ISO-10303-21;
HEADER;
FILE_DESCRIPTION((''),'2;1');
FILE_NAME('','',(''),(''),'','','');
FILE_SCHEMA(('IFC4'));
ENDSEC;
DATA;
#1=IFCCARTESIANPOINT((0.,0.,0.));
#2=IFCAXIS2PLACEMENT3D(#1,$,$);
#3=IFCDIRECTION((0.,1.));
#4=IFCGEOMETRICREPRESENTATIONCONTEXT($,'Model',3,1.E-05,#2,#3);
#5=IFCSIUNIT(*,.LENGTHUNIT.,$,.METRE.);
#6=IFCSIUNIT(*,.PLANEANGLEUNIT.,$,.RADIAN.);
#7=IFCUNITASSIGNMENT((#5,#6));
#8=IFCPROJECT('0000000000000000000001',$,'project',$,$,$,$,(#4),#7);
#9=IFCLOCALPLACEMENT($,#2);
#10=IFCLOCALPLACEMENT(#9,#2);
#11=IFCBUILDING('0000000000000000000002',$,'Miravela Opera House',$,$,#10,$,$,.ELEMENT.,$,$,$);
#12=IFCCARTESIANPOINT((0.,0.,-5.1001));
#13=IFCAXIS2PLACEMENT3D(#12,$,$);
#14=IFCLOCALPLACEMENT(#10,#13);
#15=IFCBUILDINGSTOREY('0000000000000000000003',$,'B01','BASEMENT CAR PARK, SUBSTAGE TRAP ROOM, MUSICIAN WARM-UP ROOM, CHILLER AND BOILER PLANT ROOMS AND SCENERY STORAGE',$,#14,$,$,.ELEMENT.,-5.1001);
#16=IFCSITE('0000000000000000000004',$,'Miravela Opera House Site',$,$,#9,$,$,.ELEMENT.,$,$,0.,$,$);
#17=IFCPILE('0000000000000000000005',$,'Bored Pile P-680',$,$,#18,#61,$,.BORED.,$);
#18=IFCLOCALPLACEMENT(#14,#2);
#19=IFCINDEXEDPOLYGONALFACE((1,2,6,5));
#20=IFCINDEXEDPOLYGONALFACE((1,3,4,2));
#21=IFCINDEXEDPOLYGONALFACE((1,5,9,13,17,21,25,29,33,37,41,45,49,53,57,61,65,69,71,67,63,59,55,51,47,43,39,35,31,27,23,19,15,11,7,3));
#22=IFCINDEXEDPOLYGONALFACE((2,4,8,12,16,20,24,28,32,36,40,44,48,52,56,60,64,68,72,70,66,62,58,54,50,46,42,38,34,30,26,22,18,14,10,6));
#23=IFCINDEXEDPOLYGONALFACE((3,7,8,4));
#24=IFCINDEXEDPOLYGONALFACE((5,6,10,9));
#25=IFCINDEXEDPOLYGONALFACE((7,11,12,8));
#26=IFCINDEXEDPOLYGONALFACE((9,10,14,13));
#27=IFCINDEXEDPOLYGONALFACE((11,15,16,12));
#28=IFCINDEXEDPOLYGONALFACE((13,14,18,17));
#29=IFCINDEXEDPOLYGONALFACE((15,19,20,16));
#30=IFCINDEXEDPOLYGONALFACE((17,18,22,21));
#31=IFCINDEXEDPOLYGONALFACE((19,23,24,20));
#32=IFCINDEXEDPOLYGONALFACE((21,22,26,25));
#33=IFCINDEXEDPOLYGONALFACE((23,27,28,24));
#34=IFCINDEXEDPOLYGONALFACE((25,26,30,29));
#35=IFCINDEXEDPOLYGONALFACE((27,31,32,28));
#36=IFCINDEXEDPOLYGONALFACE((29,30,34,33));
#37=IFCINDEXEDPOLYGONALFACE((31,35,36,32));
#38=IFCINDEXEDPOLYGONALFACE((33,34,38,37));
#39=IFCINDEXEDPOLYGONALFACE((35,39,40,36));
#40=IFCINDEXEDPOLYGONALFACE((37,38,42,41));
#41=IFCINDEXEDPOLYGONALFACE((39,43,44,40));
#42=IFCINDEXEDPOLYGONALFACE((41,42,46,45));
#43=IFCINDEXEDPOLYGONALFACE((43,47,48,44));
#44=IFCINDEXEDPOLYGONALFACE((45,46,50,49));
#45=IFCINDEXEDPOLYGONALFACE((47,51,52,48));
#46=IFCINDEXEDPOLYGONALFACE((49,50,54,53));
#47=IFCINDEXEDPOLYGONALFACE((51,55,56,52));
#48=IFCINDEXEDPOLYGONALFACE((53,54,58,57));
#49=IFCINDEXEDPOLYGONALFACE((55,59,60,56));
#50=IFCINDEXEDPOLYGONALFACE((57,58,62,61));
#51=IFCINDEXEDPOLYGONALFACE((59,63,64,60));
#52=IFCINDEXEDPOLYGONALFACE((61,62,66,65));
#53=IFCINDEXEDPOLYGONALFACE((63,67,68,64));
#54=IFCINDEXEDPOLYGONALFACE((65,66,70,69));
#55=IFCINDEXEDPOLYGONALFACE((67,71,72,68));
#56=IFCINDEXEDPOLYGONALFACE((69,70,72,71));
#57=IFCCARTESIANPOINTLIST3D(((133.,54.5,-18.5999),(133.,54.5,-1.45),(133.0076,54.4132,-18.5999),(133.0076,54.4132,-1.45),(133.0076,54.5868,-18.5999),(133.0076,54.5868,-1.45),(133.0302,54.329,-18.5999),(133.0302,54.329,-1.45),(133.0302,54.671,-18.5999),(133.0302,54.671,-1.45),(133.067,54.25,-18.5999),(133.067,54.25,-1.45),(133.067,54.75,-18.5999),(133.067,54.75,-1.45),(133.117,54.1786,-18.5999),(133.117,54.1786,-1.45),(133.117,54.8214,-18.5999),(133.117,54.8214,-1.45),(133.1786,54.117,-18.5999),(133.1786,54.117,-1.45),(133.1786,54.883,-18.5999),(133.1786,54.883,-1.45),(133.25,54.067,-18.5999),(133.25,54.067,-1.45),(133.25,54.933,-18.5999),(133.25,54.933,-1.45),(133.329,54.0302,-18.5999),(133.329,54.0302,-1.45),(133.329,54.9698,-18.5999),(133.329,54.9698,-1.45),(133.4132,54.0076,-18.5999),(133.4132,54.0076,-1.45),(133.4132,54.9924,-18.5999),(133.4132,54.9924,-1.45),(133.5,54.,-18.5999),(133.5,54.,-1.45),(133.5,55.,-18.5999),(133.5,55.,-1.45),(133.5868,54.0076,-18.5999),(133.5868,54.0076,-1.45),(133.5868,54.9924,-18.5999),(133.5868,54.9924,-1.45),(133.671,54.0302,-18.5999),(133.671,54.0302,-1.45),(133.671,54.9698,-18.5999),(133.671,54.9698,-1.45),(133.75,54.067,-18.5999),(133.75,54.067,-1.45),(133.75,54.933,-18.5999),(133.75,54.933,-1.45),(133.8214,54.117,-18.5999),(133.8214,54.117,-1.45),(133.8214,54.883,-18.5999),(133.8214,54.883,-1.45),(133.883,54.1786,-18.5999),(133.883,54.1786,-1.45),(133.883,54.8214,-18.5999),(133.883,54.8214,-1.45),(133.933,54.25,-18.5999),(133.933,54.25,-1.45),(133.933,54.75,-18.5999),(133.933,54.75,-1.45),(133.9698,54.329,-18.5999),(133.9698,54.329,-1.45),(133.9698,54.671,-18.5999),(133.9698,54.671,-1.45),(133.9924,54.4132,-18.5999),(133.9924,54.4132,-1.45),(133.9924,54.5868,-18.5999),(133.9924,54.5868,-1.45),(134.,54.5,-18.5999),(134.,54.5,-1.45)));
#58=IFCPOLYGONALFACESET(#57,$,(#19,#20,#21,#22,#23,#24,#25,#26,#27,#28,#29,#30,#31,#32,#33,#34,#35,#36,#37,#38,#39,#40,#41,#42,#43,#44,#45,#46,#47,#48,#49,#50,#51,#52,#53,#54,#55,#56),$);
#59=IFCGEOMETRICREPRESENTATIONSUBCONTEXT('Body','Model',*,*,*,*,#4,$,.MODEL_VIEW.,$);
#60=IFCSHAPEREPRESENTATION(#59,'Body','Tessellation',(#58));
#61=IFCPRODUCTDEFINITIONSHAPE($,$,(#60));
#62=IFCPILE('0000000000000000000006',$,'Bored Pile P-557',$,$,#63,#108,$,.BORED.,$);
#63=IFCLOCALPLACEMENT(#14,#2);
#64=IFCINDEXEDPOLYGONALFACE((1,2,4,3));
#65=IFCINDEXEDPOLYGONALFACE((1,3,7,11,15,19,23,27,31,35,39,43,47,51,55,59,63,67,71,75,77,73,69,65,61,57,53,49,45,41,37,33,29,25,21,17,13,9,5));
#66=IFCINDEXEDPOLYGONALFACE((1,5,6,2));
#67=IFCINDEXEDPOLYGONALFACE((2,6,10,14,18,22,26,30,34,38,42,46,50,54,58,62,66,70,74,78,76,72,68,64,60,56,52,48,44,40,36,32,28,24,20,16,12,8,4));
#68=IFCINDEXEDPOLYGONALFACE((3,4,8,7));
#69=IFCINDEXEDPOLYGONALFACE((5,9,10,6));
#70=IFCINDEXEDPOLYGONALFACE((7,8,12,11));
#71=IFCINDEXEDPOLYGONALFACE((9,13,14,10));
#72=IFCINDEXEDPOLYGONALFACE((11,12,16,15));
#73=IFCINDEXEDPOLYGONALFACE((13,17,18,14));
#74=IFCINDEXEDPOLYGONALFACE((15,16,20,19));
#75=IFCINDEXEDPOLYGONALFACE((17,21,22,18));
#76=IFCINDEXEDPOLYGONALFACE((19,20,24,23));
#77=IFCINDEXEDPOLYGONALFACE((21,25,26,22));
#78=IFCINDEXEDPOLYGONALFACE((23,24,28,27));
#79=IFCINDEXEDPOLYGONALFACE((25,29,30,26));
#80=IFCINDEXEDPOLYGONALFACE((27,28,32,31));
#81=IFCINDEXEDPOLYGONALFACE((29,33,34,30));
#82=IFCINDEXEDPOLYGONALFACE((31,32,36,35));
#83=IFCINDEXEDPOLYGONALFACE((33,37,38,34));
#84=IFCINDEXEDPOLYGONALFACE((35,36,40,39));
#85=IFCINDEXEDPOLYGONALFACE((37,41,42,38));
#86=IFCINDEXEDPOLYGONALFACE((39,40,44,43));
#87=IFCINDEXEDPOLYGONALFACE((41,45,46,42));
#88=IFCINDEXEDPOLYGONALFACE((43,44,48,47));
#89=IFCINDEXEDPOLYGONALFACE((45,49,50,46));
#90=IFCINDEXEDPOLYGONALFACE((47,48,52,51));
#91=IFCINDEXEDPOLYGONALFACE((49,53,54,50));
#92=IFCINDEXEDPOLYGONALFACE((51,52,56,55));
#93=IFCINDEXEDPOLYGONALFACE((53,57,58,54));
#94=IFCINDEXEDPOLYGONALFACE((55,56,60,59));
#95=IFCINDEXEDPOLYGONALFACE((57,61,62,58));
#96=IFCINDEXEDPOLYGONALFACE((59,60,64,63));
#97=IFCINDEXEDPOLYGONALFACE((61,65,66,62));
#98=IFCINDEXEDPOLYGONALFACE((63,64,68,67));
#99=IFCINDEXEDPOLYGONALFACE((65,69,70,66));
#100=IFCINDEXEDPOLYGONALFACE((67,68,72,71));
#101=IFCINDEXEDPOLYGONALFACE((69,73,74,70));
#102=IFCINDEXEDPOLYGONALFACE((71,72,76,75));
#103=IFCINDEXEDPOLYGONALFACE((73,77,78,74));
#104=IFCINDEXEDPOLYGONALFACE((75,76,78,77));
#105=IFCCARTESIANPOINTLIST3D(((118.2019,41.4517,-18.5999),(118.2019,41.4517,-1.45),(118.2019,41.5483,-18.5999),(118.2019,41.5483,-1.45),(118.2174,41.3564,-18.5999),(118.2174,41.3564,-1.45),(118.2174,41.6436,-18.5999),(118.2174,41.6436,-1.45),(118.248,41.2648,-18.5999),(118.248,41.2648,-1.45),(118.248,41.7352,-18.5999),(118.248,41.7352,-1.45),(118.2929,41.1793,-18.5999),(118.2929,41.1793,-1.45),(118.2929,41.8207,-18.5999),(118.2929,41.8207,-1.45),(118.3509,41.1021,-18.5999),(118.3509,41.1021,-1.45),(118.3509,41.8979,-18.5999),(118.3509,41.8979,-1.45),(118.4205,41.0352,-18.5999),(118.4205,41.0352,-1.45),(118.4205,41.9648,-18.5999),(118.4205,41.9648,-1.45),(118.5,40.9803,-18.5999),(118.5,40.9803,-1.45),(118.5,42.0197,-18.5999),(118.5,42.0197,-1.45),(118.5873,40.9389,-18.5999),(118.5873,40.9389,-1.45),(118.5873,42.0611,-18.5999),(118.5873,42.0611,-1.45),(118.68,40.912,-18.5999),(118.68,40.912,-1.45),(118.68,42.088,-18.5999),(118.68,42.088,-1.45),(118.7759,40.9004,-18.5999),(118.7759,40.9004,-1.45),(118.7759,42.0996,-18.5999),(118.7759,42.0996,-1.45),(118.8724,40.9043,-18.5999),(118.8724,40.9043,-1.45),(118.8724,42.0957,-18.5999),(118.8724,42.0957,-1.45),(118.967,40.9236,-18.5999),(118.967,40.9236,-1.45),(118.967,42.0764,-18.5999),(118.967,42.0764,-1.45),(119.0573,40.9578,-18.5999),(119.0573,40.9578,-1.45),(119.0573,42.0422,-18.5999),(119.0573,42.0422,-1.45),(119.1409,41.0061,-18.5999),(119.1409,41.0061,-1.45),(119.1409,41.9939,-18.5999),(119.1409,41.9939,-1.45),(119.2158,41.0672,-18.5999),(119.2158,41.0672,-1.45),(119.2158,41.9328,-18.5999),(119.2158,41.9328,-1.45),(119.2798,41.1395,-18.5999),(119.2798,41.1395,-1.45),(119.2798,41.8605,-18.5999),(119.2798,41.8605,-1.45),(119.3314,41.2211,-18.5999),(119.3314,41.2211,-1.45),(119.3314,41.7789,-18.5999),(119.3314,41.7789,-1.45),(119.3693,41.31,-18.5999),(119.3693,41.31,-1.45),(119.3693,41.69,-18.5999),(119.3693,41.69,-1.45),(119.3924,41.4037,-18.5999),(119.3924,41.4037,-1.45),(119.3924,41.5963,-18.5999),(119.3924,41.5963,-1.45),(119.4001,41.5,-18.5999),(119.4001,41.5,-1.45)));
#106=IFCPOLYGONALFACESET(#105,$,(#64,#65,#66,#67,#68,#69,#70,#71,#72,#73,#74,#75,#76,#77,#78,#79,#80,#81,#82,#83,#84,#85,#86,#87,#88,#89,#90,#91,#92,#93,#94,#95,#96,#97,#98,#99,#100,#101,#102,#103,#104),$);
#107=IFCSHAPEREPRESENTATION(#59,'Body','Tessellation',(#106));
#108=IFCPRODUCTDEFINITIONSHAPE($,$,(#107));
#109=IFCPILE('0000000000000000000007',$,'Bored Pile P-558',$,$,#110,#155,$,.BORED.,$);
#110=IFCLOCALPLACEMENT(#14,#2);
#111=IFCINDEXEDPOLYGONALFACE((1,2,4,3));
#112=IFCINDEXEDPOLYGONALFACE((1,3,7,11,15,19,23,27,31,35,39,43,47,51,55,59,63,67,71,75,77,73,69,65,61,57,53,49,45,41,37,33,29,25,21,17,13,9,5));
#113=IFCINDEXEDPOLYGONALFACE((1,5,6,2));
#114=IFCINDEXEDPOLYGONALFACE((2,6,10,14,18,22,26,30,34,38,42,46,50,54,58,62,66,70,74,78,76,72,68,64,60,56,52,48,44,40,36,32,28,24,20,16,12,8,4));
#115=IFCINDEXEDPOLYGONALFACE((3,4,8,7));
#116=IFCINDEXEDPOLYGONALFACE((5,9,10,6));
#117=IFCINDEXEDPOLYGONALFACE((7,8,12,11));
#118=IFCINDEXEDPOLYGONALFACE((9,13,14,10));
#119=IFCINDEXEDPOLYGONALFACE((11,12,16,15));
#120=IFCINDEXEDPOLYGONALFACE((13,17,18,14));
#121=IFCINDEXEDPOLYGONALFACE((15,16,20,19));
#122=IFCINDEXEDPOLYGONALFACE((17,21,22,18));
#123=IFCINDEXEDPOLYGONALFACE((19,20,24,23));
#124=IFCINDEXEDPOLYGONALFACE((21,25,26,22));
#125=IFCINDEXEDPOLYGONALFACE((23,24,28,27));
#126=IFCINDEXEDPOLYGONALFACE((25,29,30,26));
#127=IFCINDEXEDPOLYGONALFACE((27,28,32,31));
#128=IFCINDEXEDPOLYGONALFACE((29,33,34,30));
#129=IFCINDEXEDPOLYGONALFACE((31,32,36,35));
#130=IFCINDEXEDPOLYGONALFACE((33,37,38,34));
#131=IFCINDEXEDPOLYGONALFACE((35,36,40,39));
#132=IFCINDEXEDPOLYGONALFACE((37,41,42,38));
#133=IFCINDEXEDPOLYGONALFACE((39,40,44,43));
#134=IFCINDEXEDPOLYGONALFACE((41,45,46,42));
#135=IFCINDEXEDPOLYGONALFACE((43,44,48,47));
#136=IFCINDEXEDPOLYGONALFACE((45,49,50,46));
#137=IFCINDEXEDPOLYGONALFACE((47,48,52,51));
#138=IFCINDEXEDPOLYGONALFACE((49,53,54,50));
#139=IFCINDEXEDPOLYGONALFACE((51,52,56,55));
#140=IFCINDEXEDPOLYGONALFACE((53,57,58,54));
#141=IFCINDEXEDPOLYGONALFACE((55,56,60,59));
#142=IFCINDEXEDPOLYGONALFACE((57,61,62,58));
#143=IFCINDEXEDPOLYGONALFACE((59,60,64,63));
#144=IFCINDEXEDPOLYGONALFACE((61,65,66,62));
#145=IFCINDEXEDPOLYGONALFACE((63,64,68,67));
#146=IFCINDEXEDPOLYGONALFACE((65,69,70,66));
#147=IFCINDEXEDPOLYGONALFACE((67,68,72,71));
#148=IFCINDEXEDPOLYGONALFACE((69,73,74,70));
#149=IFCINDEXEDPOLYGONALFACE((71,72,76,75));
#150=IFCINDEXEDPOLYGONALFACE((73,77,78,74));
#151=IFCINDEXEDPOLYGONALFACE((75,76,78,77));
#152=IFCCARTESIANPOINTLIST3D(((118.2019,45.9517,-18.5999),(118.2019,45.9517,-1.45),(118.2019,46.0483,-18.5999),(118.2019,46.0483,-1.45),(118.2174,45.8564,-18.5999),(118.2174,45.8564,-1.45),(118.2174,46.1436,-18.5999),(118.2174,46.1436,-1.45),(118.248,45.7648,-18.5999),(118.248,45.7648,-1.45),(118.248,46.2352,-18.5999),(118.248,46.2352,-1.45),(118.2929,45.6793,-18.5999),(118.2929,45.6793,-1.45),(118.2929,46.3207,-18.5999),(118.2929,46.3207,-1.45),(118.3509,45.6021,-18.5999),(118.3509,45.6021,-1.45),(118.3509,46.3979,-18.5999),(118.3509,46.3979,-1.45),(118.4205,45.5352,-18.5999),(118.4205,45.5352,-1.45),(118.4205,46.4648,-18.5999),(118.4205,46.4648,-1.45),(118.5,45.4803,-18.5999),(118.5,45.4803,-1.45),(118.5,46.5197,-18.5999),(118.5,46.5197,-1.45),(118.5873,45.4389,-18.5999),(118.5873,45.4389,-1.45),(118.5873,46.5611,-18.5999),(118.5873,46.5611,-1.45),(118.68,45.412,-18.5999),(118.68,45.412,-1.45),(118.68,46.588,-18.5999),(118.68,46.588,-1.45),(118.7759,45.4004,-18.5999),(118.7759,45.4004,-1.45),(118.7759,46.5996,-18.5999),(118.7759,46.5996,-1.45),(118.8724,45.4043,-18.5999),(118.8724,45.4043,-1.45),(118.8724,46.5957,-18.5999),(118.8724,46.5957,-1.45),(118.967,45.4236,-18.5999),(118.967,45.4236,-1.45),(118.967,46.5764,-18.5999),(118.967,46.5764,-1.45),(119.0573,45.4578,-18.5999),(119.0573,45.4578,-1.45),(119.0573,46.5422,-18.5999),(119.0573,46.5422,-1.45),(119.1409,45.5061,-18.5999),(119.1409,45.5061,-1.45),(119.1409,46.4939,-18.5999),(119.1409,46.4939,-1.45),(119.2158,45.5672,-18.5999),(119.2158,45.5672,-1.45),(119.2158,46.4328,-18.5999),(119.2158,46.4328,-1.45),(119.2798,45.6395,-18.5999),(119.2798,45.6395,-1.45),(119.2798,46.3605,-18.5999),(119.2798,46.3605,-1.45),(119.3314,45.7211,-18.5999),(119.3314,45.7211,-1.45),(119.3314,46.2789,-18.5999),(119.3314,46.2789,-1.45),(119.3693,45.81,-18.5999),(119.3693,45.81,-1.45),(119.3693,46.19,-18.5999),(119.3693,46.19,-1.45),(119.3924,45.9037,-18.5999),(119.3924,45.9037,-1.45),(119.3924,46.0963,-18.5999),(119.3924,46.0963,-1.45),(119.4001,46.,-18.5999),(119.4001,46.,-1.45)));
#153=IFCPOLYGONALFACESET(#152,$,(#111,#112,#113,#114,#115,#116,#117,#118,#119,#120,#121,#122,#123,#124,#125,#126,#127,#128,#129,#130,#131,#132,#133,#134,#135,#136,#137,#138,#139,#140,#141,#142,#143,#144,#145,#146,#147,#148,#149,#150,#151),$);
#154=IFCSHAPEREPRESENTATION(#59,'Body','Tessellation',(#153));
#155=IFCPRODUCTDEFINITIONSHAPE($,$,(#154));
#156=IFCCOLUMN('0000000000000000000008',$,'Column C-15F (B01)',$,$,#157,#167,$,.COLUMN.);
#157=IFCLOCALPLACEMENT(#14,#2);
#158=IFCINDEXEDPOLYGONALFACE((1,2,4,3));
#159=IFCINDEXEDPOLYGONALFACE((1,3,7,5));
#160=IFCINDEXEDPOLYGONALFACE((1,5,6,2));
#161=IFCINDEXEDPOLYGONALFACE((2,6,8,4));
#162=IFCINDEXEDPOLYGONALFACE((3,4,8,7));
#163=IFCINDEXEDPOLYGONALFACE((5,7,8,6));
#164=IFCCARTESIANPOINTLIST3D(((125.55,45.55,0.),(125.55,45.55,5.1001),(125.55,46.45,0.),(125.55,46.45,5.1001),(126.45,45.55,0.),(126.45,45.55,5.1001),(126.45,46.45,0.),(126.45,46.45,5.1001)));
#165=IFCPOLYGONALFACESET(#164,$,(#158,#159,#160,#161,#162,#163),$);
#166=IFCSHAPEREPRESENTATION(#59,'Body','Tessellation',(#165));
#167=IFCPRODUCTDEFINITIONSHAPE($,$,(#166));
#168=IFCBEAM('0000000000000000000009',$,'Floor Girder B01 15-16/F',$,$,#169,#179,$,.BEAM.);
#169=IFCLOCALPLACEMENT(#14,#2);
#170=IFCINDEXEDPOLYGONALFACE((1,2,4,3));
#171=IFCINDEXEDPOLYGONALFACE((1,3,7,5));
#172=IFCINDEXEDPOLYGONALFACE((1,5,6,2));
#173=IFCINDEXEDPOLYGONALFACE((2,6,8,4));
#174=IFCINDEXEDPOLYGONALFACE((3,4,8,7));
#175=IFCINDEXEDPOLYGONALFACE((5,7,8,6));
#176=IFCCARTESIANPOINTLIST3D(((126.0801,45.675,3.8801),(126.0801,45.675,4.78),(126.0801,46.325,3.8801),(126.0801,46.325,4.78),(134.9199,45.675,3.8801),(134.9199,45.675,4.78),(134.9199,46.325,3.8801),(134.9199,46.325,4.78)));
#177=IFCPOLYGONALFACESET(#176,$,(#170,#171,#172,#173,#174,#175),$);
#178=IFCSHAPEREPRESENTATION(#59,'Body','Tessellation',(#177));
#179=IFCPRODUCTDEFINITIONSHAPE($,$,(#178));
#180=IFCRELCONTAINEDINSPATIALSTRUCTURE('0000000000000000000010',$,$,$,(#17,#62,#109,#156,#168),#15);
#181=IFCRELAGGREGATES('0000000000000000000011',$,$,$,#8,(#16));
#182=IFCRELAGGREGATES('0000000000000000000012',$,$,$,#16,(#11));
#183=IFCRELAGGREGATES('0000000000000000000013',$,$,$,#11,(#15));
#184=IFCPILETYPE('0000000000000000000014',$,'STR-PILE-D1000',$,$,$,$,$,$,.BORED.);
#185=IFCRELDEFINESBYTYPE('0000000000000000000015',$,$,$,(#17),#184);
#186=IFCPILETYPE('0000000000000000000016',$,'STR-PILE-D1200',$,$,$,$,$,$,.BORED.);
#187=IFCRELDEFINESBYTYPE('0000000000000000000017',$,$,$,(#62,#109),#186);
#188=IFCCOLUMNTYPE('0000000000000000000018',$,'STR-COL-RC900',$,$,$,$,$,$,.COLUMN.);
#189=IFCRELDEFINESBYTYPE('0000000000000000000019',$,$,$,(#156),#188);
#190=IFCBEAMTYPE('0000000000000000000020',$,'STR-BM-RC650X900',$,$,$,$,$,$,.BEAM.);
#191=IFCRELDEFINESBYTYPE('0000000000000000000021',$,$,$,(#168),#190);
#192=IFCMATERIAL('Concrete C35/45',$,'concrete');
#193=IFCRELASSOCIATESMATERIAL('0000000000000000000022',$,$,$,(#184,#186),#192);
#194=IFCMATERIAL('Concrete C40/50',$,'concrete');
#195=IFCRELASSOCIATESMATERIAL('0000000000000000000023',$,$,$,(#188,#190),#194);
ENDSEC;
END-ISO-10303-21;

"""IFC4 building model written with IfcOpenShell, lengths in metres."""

from ifc_helpers import new_model, si_unit, direction, frame, origin, origin_2d, place, context, subcontext, project, spatial, rectangle, circle, extrude, material, material_profile, profile_set, type_object, element, save


model = new_model("IFC4")

# Units and contexts
model_context = context("Model", 3, precision=1e-05, world=origin(), true_north=direction((0.0, 1.0)))
body_context = subcontext(model_context, "Body", "Model", "MODEL_VIEW")
ifc_project = project(units=[si_unit("LENGTHUNIT", "METRE"), si_unit("PLANEANGLEUNIT", "RADIAN")], contexts=[model_context])

# Site, building, storey
site_placement = place(None, origin())
site = spatial("IfcSite", under=ifc_project, at=site_placement, Name="Miravela Opera House Site", CompositionType="ELEMENT", RefElevation=0.0)
building_placement = place(site_placement, origin())
building = spatial("IfcBuilding", under=site, at=building_placement, Name="Miravela Opera House", CompositionType="ELEMENT")
storey_placement = place(building_placement, frame((0.0, 0.0, -5.1001)))
storey = spatial("IfcBuildingStorey", under=building, at=storey_placement, Name="B01", Description="BASEMENT CAR PARK, SUBSTAGE TRAP ROOM, MUSICIAN WARM-UP ROOM, CHILLER AND BOILER PLANT ROOMS AND SCENERY STORAGE", CompositionType="ELEMENT", Elevation=-5.1001)

# Shared definitions
ifc_material_1 = material(Name="Concrete C35/45", Category="concrete")

# Piles
ifc_material_profile_1 = material_profile(ifc_material_1, circle(Radius=0.5, at=origin_2d()), Name="PILE-D1000")
ifc_profile_set_1 = profile_set([ifc_material_profile_1])
pile_type_1 = type_object("IfcPileType", Name="STR-PILE-D1000", PredefinedType="BORED", material=ifc_profile_set_1)
for number, where, z_axis, x_axis, name in (
    (1, (133.5, 54.5, -1.45), (0.0, 0.0, -1.0), (1.0, 0.0, 0.0), "Bored Pile P-680"),
):
    element("IfcPile", number, at=place(storey_placement, frame(where, z_axis=z_axis, x_axis=x_axis)), inside=storey, type_object=pile_type_1, Name=name, PredefinedType="BORED", context=body_context, shape_type="SweptSolid", body=[
        extrude(circle(Radius=0.5, at=origin_2d()), origin(), (0.0, 0.0, 1.0), 17.1499),
    ])
ifc_material_profile_2 = material_profile(ifc_material_1, circle(Radius=0.6001, at=origin_2d()), Name="PILE-D1200")
ifc_profile_set_2 = profile_set([ifc_material_profile_2])
pile_type_2 = type_object("IfcPileType", Name="STR-PILE-D1200", PredefinedType="BORED", material=ifc_profile_set_2)
for number, where, z_axis, x_axis, name in (
    (2, (118.8, 41.5, -1.45), (0.0, 0.0, -1.0), (1.0, 0.0, 0.0), "Bored Pile P-557"),
    (3, (118.8, 46.0, -1.45), (0.0, 0.0, -1.0), (1.0, 0.0, 0.0), "Bored Pile P-558"),
):
    element("IfcPile", number, at=place(storey_placement, frame(where, z_axis=z_axis, x_axis=x_axis)), inside=storey, type_object=pile_type_2, Name=name, PredefinedType="BORED", context=body_context, shape_type="SweptSolid", body=[
        extrude(circle(Radius=0.6001, at=origin_2d()), origin(), (0.0, 0.0, 1.0), 17.1499),
    ])

# Column
ifc_material_2 = material(Name="Concrete C40/50", Category="concrete")
ifc_material_profile_3 = material_profile(ifc_material_2, rectangle(XDim=0.8999, YDim=0.8999, at=origin_2d()), Name="RC-COL-900X900")
ifc_profile_set_3 = profile_set([ifc_material_profile_3])
column_type = type_object("IfcColumnType", Name="STR-COL-RC900", PredefinedType="COLUMN", material=ifc_profile_set_3)
column_placement = place(storey_placement, frame((126.0, 46.0, 0.0), z_axis=(0.0, 0.0, 1.0), x_axis=(1.0, 0.0, 0.0)))
element("IfcColumn", 4, at=column_placement, inside=storey, type_object=column_type, Name="Column C-15F (B01)", PredefinedType="COLUMN", context=body_context, shape_type="SweptSolid", body=[
    extrude(rectangle(XDim=0.8999, YDim=0.8999, at=origin_2d()), origin(), (0.0, 0.0, 1.0), 5.1001),
])

# Beam
ifc_material_profile_4 = material_profile(ifc_material_2, rectangle(XDim=0.6499, YDim=0.8999, at=origin_2d()), Name="RC-BM-650X900")
ifc_profile_set_4 = profile_set([ifc_material_profile_4])
beam_type_1 = type_object("IfcBeamType", Name="STR-BM-RC650X900", PredefinedType="BEAM", material=ifc_profile_set_4)
beam_1_placement = place(storey_placement, frame((126.0801, 46.0, 4.3301), z_axis=(1.0, 0.0, 0.0), x_axis=(0.0, 1.0, 0.0)))
element("IfcBeam", 5, at=beam_1_placement, inside=storey, type_object=beam_type_1, Name="Floor Girder B01 15-16/F", PredefinedType="BEAM", context=body_context, shape_type="SweptSolid", body=[
    extrude(rectangle(XDim=0.6499, YDim=0.8999, at=origin_2d()), origin(), (0.0, 0.0, 1.0), 8.8398),
])

save(model, "model.ifc")
